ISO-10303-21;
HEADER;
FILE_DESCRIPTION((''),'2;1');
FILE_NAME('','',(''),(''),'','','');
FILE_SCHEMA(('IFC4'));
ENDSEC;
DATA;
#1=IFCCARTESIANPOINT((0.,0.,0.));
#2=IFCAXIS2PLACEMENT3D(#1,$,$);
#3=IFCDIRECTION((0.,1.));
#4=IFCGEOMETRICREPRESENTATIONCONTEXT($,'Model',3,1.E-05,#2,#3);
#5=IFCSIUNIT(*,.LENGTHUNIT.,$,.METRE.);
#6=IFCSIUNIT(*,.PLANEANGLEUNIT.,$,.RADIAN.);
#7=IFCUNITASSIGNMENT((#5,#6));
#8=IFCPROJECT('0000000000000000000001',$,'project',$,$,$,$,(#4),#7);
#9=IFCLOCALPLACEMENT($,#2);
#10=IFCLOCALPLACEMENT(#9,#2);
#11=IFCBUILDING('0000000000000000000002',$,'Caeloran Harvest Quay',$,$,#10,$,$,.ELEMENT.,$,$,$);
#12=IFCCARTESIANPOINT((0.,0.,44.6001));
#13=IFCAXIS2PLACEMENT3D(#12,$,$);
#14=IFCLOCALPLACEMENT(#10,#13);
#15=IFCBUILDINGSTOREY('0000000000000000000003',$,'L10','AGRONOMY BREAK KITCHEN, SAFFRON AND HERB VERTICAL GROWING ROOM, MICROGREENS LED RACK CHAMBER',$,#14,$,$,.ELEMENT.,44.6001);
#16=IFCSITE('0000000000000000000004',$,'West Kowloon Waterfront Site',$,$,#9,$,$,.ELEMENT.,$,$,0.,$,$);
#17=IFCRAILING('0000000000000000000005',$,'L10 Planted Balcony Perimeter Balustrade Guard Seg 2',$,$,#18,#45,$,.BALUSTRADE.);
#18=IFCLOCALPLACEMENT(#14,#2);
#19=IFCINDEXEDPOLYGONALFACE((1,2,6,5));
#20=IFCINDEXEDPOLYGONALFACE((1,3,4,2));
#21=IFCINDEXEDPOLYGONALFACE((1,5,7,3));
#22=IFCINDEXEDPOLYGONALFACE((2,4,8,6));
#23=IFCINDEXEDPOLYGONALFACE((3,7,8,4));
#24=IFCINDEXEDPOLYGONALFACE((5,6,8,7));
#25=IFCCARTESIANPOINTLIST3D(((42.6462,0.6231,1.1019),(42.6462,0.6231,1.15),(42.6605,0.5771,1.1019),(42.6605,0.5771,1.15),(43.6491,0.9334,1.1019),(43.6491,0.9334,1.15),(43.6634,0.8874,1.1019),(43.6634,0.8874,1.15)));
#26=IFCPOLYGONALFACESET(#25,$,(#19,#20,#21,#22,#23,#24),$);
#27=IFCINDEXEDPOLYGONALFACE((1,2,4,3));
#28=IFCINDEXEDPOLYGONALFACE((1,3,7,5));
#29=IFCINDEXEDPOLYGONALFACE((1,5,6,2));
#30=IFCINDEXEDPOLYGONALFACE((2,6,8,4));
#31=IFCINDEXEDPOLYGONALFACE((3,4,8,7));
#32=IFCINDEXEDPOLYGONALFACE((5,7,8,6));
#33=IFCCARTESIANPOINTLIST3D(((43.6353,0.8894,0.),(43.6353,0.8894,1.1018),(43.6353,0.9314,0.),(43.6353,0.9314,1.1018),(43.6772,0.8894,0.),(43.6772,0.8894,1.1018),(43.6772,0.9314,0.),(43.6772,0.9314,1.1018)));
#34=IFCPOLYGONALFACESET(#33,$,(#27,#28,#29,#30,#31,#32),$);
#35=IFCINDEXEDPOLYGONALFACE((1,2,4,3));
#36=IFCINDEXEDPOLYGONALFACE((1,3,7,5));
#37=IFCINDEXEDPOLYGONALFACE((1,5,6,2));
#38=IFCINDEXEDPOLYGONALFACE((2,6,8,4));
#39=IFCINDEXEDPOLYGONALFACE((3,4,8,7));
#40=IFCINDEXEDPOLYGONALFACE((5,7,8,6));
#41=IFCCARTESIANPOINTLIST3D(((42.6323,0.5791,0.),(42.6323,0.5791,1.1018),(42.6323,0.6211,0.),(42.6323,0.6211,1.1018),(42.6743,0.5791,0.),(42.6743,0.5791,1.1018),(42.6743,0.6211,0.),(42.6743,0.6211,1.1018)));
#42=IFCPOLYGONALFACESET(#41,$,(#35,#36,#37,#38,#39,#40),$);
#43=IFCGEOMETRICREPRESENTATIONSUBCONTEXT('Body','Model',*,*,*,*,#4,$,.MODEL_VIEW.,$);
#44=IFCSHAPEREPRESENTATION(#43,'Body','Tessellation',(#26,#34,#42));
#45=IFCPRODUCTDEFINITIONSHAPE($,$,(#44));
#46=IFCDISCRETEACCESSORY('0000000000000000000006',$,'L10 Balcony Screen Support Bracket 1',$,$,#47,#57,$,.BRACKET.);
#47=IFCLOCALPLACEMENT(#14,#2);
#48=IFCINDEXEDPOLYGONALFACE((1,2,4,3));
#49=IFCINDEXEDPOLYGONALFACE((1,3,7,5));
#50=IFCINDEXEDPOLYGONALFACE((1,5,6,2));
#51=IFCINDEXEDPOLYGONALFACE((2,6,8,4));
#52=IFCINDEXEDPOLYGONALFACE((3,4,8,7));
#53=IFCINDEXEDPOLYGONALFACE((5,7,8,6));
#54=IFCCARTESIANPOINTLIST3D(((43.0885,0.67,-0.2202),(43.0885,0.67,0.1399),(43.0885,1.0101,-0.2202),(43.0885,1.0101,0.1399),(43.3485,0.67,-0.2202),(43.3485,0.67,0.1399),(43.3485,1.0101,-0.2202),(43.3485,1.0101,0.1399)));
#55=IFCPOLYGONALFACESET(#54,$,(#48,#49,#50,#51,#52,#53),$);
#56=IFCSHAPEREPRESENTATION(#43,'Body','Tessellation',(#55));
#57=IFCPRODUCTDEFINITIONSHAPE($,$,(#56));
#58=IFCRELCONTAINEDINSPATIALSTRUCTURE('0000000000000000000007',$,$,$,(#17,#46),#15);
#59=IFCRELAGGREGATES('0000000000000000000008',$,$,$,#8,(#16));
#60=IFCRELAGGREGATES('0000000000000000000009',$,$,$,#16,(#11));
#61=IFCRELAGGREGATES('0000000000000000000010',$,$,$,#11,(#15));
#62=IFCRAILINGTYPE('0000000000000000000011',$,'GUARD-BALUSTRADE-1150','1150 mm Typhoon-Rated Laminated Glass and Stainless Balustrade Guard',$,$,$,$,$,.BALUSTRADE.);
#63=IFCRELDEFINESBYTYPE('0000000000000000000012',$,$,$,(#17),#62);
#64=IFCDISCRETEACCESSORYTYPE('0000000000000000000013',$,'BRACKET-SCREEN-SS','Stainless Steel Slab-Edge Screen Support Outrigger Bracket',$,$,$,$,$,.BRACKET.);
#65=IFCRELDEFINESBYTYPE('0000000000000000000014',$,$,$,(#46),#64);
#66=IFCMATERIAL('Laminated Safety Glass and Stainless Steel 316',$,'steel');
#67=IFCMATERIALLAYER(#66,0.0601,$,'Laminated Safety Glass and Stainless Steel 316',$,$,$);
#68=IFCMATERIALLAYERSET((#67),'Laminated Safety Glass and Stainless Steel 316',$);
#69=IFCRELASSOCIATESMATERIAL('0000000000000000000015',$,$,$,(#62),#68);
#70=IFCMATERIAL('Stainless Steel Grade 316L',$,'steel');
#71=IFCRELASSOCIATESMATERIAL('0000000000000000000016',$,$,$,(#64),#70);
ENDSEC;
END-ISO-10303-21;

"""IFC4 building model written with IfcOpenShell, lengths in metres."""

from ifc_helpers import new_model, si_unit, direction, frame, origin, origin_2d, place, context, subcontext, project, spatial, rectangle, extrude, material, layer, layer_set, type_object, element, save


model = new_model("IFC4")

# Units and contexts
model_context = context("Model", 3, precision=1e-05, world=origin(), true_north=direction((0.0, 1.0)))
body_context = subcontext(model_context, "Body", "Model", "MODEL_VIEW")
ifc_project = project(units=[si_unit("LENGTHUNIT", "METRE"), si_unit("PLANEANGLEUNIT", "RADIAN")], contexts=[model_context])

# Site, building, storey
site_placement = place(None, origin())
site = spatial("IfcSite", under=ifc_project, at=site_placement, Name="West Kowloon Waterfront Site", CompositionType="ELEMENT", RefElevation=0.0)
building_placement = place(site_placement, origin())
building = spatial("IfcBuilding", under=site, at=building_placement, Name="Caeloran Harvest Quay", CompositionType="ELEMENT")
storey_placement = place(building_placement, frame((0.0, 0.0, 44.6001)))
storey = spatial("IfcBuildingStorey", under=building, at=storey_placement, Name="L10", Description="AGRONOMY BREAK KITCHEN, SAFFRON AND HERB VERTICAL GROWING ROOM, MICROGREENS LED RACK CHAMBER", CompositionType="ELEMENT", Elevation=44.6001)

# Railing
ifc_material_1 = material(Name="Laminated Safety Glass and Stainless Steel 316", Category="steel")
ifc_layer_1 = layer(ifc_material_1, 0.0601, Name="Laminated Safety Glass and Stainless Steel 316")
ifc_layer_set_1 = layer_set([ifc_layer_1], Name="Laminated Safety Glass and Stainless Steel 316")
railing_type = type_object("IfcRailingType", Name="GUARD-BALUSTRADE-1150", Description="1150 mm Typhoon-Rated Laminated Glass and Stainless Balustrade Guard", PredefinedType="BALUSTRADE", material=ifc_layer_set_1)
railing_1_placement = place(storey_placement, frame((43.6562, 0.9104, 0.0)))
element("IfcRailing", 1, at=railing_1_placement, inside=storey, type_object=railing_type, Name="L10 Planted Balcony Perimeter Balustrade Guard Seg 2", PredefinedType="BALUSTRADE", context=body_context, shape_type="SweptSolid", body=[
    extrude(rectangle(XDim=0.0481, YDim=0.0481, at=origin_2d()), frame((0.0, 0.0, 1.126), z_axis=(-0.95532, -0.295573, 0.0), x_axis=(0.295573, -0.95532, 0.0)), (0.0, 0.0, 1.0), 1.0498),
    extrude(rectangle(XDim=0.042, YDim=0.042, at=origin_2d()), origin(), (0.0, 0.0, 1.0), 1.1018),
    extrude(rectangle(XDim=0.042, YDim=0.042, at=origin_2d()), frame((-1.0029, -0.3103, 0.0)), (0.0, 0.0, 1.0), 1.1018),
])

# Discrete accessory
ifc_material_2 = material(Name="Stainless Steel Grade 316L", Category="steel")
discrete_accessory_type = type_object("IfcDiscreteAccessoryType", Name="BRACKET-SCREEN-SS", Description="Stainless Steel Slab-Edge Screen Support Outrigger Bracket", PredefinedType="BRACKET", material=ifc_material_2)
discrete_accessory_placement = place(storey_placement, frame((43.2185, 0.8401, -0.2202), z_axis=(0.0, 0.0, 1.0), x_axis=(1.0, 0.0, 0.0)))
element("IfcDiscreteAccessory", 2, at=discrete_accessory_placement, inside=storey, type_object=discrete_accessory_type, Name="L10 Balcony Screen Support Bracket 1", PredefinedType="BRACKET", context=body_context, shape_type="SweptSolid", body=[
    extrude(rectangle(XDim=0.26, YDim=0.3401, at=origin_2d()), origin(), (0.0, 0.0, 1.0), 0.3601),
])

save(model, "model.ifc")
